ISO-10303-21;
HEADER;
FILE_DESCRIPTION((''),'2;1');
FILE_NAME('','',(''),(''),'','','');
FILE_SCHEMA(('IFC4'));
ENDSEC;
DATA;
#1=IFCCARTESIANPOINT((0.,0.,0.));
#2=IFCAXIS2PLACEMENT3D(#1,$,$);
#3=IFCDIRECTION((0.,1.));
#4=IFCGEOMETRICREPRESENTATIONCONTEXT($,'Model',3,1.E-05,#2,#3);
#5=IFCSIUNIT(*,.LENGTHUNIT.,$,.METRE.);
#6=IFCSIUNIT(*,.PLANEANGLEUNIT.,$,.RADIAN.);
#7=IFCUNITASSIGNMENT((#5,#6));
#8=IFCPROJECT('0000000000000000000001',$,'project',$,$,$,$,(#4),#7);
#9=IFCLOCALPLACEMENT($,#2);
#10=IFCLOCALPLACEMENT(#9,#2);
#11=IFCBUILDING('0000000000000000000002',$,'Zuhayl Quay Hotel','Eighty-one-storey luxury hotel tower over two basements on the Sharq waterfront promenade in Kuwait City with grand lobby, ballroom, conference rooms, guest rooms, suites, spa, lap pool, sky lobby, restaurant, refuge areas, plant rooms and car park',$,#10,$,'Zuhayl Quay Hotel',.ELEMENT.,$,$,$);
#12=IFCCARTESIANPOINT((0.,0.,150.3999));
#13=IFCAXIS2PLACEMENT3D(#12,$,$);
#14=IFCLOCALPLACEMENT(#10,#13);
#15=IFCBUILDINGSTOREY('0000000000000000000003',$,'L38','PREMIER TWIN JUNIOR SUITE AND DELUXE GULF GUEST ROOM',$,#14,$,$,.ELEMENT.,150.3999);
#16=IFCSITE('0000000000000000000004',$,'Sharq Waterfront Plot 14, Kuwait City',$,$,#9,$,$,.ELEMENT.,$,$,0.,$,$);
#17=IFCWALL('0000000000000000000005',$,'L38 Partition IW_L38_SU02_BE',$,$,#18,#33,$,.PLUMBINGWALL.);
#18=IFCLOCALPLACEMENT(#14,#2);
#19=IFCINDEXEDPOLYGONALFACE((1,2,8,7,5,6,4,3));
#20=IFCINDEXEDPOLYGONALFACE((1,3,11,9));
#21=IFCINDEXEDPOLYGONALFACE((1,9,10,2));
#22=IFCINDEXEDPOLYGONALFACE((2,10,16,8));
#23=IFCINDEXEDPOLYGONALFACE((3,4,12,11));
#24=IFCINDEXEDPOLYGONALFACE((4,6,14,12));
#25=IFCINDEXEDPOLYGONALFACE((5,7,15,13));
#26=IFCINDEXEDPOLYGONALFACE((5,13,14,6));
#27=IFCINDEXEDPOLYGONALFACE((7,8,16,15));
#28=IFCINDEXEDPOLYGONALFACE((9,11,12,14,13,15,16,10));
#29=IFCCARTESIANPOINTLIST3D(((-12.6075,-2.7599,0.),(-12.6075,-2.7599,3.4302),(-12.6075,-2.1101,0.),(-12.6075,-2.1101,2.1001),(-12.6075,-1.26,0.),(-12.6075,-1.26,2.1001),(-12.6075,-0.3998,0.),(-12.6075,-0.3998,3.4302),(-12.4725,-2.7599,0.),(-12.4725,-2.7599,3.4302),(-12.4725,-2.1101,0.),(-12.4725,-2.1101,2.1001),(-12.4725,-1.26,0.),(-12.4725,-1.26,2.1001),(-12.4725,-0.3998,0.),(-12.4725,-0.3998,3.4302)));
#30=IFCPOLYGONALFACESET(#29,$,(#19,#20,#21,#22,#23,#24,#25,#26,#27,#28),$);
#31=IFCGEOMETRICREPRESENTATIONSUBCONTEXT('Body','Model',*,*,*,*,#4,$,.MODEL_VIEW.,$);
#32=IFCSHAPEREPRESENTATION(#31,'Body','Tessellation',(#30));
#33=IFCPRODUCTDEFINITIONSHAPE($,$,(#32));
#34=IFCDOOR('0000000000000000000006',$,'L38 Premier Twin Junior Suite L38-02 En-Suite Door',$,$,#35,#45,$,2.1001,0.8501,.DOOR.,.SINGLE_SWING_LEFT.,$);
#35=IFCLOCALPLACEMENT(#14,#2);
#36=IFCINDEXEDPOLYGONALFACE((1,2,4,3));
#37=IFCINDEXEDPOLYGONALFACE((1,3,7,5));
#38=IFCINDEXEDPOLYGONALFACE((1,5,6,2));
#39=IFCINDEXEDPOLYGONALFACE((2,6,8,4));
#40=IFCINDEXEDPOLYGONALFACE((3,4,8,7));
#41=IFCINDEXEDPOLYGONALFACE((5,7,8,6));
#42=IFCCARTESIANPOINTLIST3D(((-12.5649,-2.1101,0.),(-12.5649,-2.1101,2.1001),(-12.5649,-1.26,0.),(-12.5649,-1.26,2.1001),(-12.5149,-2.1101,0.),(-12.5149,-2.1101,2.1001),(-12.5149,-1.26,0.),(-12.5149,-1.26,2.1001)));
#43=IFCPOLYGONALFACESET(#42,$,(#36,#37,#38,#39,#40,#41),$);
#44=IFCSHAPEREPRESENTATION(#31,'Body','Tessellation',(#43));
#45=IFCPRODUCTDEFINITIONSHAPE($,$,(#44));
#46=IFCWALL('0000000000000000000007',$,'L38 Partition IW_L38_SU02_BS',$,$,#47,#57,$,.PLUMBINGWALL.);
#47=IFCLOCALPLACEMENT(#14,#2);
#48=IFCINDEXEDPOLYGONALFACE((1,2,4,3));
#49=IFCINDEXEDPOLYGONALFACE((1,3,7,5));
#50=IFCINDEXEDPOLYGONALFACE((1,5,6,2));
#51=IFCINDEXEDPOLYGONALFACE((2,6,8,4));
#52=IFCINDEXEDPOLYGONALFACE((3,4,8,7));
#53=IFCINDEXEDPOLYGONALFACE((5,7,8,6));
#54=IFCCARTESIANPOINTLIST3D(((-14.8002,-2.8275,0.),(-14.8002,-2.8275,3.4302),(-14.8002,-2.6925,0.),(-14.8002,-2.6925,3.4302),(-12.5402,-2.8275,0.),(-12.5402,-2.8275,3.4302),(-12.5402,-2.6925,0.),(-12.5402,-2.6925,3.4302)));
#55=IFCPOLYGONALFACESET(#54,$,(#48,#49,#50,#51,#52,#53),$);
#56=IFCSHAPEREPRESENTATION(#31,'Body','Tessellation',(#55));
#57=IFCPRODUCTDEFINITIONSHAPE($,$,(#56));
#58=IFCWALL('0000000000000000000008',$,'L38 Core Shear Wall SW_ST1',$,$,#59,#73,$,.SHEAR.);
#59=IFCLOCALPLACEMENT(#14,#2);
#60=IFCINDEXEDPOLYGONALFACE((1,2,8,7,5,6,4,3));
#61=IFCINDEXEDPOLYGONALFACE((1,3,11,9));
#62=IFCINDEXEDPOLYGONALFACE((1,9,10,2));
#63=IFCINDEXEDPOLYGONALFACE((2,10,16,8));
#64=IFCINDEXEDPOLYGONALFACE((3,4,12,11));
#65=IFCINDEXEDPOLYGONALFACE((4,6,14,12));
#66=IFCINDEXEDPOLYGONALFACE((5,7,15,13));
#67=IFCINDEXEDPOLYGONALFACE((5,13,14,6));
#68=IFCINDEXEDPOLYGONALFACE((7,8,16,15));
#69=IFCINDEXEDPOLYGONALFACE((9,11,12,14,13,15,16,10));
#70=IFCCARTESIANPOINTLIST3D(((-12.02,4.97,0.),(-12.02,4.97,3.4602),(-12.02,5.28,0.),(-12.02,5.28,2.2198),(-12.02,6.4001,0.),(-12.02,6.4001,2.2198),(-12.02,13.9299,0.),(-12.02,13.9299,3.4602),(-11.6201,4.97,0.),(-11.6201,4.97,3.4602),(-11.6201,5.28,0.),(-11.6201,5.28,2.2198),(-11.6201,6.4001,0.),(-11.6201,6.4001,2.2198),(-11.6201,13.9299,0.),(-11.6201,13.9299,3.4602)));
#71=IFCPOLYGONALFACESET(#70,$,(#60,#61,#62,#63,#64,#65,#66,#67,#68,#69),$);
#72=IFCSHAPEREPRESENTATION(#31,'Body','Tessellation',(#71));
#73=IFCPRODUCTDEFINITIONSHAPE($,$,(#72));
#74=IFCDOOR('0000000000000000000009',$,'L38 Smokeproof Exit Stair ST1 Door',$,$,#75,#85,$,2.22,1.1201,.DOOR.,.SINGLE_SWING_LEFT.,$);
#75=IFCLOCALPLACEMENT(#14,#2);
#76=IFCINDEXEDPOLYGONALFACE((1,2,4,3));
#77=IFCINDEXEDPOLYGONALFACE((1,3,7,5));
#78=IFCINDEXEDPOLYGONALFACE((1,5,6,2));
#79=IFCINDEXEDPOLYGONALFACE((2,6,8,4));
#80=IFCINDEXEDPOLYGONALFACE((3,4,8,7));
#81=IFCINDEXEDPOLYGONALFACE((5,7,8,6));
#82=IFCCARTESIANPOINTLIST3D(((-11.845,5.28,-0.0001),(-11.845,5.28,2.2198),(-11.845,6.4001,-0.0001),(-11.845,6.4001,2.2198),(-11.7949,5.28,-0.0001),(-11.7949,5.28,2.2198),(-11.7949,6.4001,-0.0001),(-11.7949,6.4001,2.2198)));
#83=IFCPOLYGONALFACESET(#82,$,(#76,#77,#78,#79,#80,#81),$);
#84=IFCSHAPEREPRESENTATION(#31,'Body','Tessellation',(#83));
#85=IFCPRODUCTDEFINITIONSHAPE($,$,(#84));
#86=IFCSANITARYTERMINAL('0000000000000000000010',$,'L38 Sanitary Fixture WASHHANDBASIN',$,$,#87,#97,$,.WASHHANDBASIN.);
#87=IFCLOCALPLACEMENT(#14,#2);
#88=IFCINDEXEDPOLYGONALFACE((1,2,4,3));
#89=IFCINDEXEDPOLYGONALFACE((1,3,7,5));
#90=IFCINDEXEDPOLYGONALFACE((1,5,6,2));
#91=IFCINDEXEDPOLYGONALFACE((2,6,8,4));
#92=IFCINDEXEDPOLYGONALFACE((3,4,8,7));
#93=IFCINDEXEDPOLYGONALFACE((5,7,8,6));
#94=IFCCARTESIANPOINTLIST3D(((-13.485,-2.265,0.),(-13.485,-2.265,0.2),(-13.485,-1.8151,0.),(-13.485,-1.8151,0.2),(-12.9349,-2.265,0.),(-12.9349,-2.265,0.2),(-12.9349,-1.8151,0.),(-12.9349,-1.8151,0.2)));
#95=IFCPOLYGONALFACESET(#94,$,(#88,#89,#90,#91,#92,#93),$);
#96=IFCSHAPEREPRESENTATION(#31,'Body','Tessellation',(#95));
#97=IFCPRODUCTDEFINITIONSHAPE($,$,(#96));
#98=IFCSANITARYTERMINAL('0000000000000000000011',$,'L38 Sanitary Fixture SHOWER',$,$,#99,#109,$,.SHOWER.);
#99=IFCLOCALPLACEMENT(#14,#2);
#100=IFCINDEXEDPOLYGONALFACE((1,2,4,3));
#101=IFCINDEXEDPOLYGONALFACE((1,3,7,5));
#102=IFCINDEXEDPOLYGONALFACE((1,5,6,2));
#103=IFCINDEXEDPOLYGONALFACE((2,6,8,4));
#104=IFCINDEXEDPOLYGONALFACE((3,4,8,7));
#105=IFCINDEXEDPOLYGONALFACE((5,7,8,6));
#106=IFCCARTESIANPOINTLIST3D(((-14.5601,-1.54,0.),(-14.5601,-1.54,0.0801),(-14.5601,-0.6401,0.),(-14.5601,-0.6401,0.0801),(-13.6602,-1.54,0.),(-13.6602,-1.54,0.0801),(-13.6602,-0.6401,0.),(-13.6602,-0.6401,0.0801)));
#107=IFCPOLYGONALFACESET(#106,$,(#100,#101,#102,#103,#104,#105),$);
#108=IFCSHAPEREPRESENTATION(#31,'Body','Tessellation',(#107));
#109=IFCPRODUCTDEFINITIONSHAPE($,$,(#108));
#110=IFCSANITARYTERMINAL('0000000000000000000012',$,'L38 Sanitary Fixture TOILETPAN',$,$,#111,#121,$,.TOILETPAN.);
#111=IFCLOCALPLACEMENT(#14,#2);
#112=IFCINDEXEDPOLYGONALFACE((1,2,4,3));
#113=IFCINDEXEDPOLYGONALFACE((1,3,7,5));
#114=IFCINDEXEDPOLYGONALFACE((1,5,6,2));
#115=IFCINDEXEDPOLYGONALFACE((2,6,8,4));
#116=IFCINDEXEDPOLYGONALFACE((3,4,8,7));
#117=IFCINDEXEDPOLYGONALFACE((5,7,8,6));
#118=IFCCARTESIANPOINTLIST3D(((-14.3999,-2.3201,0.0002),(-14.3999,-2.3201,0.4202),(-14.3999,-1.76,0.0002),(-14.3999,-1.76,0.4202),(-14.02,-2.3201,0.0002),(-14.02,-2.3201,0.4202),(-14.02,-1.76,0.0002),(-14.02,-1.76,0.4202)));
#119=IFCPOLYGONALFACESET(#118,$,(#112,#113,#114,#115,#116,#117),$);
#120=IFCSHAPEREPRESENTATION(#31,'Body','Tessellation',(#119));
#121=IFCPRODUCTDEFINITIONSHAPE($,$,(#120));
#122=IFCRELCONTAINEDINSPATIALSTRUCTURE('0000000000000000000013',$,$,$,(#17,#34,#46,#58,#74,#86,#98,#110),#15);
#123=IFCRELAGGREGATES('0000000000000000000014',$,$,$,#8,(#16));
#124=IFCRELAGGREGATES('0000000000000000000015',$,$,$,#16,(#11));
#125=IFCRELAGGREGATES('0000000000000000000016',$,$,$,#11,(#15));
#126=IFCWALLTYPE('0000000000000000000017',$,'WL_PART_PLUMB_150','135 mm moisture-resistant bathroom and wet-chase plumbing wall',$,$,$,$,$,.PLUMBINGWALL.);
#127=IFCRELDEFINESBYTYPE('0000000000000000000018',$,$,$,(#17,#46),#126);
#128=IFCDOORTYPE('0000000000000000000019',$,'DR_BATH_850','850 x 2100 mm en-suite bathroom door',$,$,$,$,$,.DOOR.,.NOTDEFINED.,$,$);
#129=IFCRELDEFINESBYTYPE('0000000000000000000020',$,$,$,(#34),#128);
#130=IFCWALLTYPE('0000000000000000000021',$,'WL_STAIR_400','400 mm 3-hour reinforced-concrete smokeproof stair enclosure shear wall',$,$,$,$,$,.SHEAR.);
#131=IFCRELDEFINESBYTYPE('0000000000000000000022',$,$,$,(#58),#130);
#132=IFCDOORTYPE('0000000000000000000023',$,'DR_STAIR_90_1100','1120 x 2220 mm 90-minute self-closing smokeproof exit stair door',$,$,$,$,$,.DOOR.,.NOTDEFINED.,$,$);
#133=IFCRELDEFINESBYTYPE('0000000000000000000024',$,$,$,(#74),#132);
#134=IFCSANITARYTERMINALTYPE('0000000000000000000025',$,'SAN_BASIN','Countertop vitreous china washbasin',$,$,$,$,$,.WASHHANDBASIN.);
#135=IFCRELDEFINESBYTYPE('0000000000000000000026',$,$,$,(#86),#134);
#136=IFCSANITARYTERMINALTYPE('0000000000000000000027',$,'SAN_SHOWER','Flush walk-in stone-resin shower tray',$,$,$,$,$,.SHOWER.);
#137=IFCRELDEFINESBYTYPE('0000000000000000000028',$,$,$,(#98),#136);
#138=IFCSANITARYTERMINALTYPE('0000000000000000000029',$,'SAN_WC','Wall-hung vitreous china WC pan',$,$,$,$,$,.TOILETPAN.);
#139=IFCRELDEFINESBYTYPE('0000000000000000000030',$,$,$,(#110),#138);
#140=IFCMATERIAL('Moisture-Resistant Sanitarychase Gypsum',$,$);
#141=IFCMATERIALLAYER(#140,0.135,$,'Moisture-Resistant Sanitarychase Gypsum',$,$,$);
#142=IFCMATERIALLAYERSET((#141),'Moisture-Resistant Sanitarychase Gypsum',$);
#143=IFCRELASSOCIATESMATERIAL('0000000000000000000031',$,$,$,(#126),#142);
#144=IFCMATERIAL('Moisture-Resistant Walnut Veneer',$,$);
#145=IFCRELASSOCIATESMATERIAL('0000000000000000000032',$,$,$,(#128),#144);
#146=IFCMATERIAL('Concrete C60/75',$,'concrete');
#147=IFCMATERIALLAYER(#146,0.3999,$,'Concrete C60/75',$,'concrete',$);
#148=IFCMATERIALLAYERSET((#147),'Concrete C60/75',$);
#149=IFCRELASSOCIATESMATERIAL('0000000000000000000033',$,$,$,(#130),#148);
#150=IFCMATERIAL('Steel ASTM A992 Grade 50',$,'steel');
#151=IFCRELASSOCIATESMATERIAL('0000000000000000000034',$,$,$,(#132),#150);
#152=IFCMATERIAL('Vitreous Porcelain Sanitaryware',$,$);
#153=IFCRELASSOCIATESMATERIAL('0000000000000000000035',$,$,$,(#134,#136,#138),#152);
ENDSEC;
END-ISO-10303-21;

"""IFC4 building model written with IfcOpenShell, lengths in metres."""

from ifc_helpers import new_model, si_unit, direction, frame, frame_2d, origin, origin_2d, place, context, subcontext, project, spatial, rectangle, extrude, material, layer, layer_set, type_object, element, fill, save


model = new_model("IFC4")

# Units and contexts
model_context = context("Model", 3, precision=1e-05, world=origin(), true_north=direction((0.0, 1.0)))
body_context = subcontext(model_context, "Body", "Model", "MODEL_VIEW")
ifc_project = project(units=[si_unit("LENGTHUNIT", "METRE"), si_unit("PLANEANGLEUNIT", "RADIAN")], contexts=[model_context])

# Site, building, storey
site_placement = place(None, origin())
site = spatial("IfcSite", under=ifc_project, at=site_placement, Name="Sharq Waterfront Plot 14, Kuwait City", CompositionType="ELEMENT", RefElevation=0.0)
building_placement = place(site_placement, origin())
building = spatial("IfcBuilding", under=site, at=building_placement, Name="Zuhayl Quay Hotel", Description="Eighty-one-storey luxury hotel tower over two basements on the Sharq waterfront promenade in Kuwait City with grand lobby, ballroom, conference rooms, guest rooms, suites, spa, lap pool, sky lobby, restaurant, refuge areas, plant rooms and car park", LongName="Zuhayl Quay Hotel", CompositionType="ELEMENT")
storey_placement = place(building_placement, frame((0.0, 0.0, 150.3999)))
storey = spatial("IfcBuildingStorey", under=building, at=storey_placement, Name="L38", Description="PREMIER TWIN JUNIOR SUITE AND DELUXE GULF GUEST ROOM", CompositionType="ELEMENT", Elevation=150.3999)

# Shared definitions
ifc_material_1 = material(Name="Steel ASTM A992 Grade 50", Category="steel")

# Shared definitions
ifc_material_2 = material(Name="Concrete C60/75", Category="concrete")

# Wall, opening, door
ifc_material_3 = material(Name="Moisture-Resistant Sanitarychase Gypsum")
ifc_layer_1 = layer(ifc_material_3, 0.135, Name="Moisture-Resistant Sanitarychase Gypsum")
ifc_layer_set_1 = layer_set([ifc_layer_1], Name="Moisture-Resistant Sanitarychase Gypsum")
wall_type_1 = type_object("IfcWallType", Name="WL_PART_PLUMB_150", Description="135 mm moisture-resistant bathroom and wet-chase plumbing wall", PredefinedType="PLUMBINGWALL", material=ifc_layer_set_1)
ifc_material_4 = material(Name="Moisture-Resistant Walnut Veneer")
door_type_1 = type_object("IfcDoorType", Name="DR_BATH_850", Description="850 x 2100 mm en-suite bathroom door", OperationType="NOTDEFINED", PredefinedType="DOOR", material=ifc_material_4)
wall_1_placement = place(storey_placement, frame((-12.54, -2.76, 0.0), z_axis=(0.0, 0.0, 1.0), x_axis=(0.0, 1.0, 0.0)))
wall_1 = element("IfcWall", 1, at=wall_1_placement, inside=storey, type_object=wall_type_1, Name="L38 Partition IW_L38_SU02_BE", PredefinedType="PLUMBINGWALL", context=body_context, shape_type="SweptSolid", body=[
    extrude(rectangle(XDim=2.3601, YDim=0.135, at=frame_2d((1.1802, 0.0))), origin(), (0.0, 0.0, 1.0), 3.4302),
])
opening_1_placement = place(wall_1_placement, frame((0.6499, 0.0, 0.0)))
opening_1 = element("IfcOpeningElement", 2, at=opening_1_placement, cuts=wall_1, PredefinedType="OPENING", context=body_context, shape_type="SweptSolid", body=[
    extrude(rectangle(XDim=0.8501, YDim=2.1001, at=frame_2d((0.425, 1.05))), frame((0.0, 0.0774, 0.0), z_axis=(0.0, -1.0, 0.0), x_axis=(1.0, 0.0, 0.0)), (0.0, 0.0, 1.0), 0.155),
])
door_1_placement = place(opening_1_placement, origin())
door_1 = element("IfcDoor", 3, at=door_1_placement, inside=storey, type_object=door_type_1, Name="L38 Premier Twin Junior Suite L38-02 En-Suite Door", OperationType="SINGLE_SWING_LEFT", OverallHeight=2.1001, OverallWidth=0.8501, PredefinedType="DOOR", context=body_context, shape_type="SweptSolid", body=[
    extrude(rectangle(XDim=0.8501, YDim=2.1001, at=frame_2d((0.425, 1.05))), frame((0.0, 0.0249, 0.0), z_axis=(0.0, -1.0, 0.0), x_axis=(1.0, 0.0, 0.0)), (0.0, 0.0, 1.0), 0.05),
])
fill(opening_1, door_1)

# Wall
wall_2_placement = place(storey_placement, frame((-14.8, -2.76, 0.0), z_axis=(0.0, 0.0, 1.0), x_axis=(1.0, 0.0, 0.0)))
element("IfcWall", 4, at=wall_2_placement, inside=storey, type_object=wall_type_1, Name="L38 Partition IW_L38_SU02_BS", PredefinedType="PLUMBINGWALL", context=body_context, shape_type="SweptSolid", body=[
    extrude(rectangle(XDim=2.26, YDim=0.135, at=frame_2d((1.1299, 0.0))), origin(), (0.0, 0.0, 1.0), 3.4302),
])

# Wall, opening, door
ifc_layer_2 = layer(ifc_material_2, 0.3999, Name="Concrete C60/75", Category="concrete")
ifc_layer_set_2 = layer_set([ifc_layer_2], Name="Concrete C60/75")
wall_type_2 = type_object("IfcWallType", Name="WL_STAIR_400", Description="400 mm 3-hour reinforced-concrete smokeproof stair enclosure shear wall", PredefinedType="SHEAR", material=ifc_layer_set_2)
wall_3_placement = place(storey_placement, frame((-11.8201, 4.97, 0.0), z_axis=(0.0, 0.0, 1.0), x_axis=(0.0, 1.0, 0.0)))
wall_3 = element("IfcWall", 5, at=wall_3_placement, inside=storey, type_object=wall_type_2, Name="L38 Core Shear Wall SW_ST1", PredefinedType="SHEAR", context=body_context, shape_type="SweptSolid", body=[
    extrude(rectangle(XDim=8.96, YDim=0.3999, at=frame_2d((4.48, 0.0))), origin(), (0.0, 0.0, 1.0), 3.4602),
])
opening_2_placement = place(wall_3_placement, frame((0.3101, 0.0, 0.0)))
opening_2 = element("IfcOpeningElement", 6, at=opening_2_placement, cuts=wall_3, PredefinedType="OPENING", context=body_context, shape_type="SweptSolid", body=[
    extrude(rectangle(XDim=1.1201, YDim=2.22, at=frame_2d((0.5601, 1.1099))), frame((0.0, 0.21, 0.0), z_axis=(0.0, -1.0, 0.0), x_axis=(1.0, 0.0, 0.0)), (0.0, 0.0, 1.0), 0.4199),
])
door_type_2 = type_object("IfcDoorType", Name="DR_STAIR_90_1100", Description="1120 x 2220 mm 90-minute self-closing smokeproof exit stair door", OperationType="NOTDEFINED", PredefinedType="DOOR", material=ifc_material_1)
door_2_placement = place(opening_2_placement, origin())
door_2 = element("IfcDoor", 7, at=door_2_placement, inside=storey, type_object=door_type_2, Name="L38 Smokeproof Exit Stair ST1 Door", OperationType="SINGLE_SWING_LEFT", OverallHeight=2.22, OverallWidth=1.1201, PredefinedType="DOOR", context=body_context, shape_type="SweptSolid", body=[
    extrude(rectangle(XDim=1.1201, YDim=2.22, at=frame_2d((0.5601, 1.1099))), frame((0.0, 0.0249, 0.0), z_axis=(0.0, -1.0, 0.0), x_axis=(1.0, 0.0, 0.0)), (0.0, 0.0, 1.0), 0.05),
])
fill(opening_2, door_2)

# Sanitary terminals
ifc_material_5 = material(Name="Vitreous Porcelain Sanitaryware")
sanitary_terminal_type_1 = type_object("IfcSanitaryTerminalType", Name="SAN_BASIN", Description="Countertop vitreous china washbasin", PredefinedType="WASHHANDBASIN", material=ifc_material_5)
sanitary_terminal_1_placement = place(storey_placement, frame((-13.21, -2.04, 0.0), z_axis=(0.0, 0.0, 1.0), x_axis=(1.0, 0.0, 0.0)))
element("IfcSanitaryTerminal", 8, at=sanitary_terminal_1_placement, inside=storey, type_object=sanitary_terminal_type_1, Name="L38 Sanitary Fixture WASHHANDBASIN", PredefinedType="WASHHANDBASIN", context=body_context, shape_type="SweptSolid", body=[
    extrude(rectangle(XDim=0.55, YDim=0.45, at=origin_2d()), origin(), (0.0, 0.0, 1.0), 0.2),
])
sanitary_terminal_type_2 = type_object("IfcSanitaryTerminalType", Name="SAN_SHOWER", Description="Flush walk-in stone-resin shower tray", PredefinedType="SHOWER", material=ifc_material_5)
sanitary_terminal_2_placement = place(storey_placement, frame((-14.1101, -1.0901, 0.0), z_axis=(0.0, 0.0, 1.0), x_axis=(1.0, 0.0, 0.0)))
element("IfcSanitaryTerminal", 9, at=sanitary_terminal_2_placement, inside=storey, type_object=sanitary_terminal_type_2, Name="L38 Sanitary Fixture SHOWER", PredefinedType="SHOWER", context=body_context, shape_type="SweptSolid", body=[
    extrude(rectangle(XDim=0.8999, YDim=0.8999, at=origin_2d()), origin(), (0.0, 0.0, 1.0), 0.0801),
])
sanitary_terminal_type_3 = type_object("IfcSanitaryTerminalType", Name="SAN_WC", Description="Wall-hung vitreous china WC pan", PredefinedType="TOILETPAN", material=ifc_material_5)
sanitary_terminal_3_placement = place(storey_placement, frame((-14.21, -2.04, 0.0002), z_axis=(0.0, 0.0, 1.0), x_axis=(1.0, 0.0, 0.0)))
element("IfcSanitaryTerminal", 10, at=sanitary_terminal_3_placement, inside=storey, type_object=sanitary_terminal_type_3, Name="L38 Sanitary Fixture TOILETPAN", PredefinedType="TOILETPAN", context=body_context, shape_type="SweptSolid", body=[
    extrude(rectangle(XDim=0.3799, YDim=0.5601, at=origin_2d()), origin(), (0.0, 0.0, 1.0), 0.4199),
])

save(model, "model.ifc")
